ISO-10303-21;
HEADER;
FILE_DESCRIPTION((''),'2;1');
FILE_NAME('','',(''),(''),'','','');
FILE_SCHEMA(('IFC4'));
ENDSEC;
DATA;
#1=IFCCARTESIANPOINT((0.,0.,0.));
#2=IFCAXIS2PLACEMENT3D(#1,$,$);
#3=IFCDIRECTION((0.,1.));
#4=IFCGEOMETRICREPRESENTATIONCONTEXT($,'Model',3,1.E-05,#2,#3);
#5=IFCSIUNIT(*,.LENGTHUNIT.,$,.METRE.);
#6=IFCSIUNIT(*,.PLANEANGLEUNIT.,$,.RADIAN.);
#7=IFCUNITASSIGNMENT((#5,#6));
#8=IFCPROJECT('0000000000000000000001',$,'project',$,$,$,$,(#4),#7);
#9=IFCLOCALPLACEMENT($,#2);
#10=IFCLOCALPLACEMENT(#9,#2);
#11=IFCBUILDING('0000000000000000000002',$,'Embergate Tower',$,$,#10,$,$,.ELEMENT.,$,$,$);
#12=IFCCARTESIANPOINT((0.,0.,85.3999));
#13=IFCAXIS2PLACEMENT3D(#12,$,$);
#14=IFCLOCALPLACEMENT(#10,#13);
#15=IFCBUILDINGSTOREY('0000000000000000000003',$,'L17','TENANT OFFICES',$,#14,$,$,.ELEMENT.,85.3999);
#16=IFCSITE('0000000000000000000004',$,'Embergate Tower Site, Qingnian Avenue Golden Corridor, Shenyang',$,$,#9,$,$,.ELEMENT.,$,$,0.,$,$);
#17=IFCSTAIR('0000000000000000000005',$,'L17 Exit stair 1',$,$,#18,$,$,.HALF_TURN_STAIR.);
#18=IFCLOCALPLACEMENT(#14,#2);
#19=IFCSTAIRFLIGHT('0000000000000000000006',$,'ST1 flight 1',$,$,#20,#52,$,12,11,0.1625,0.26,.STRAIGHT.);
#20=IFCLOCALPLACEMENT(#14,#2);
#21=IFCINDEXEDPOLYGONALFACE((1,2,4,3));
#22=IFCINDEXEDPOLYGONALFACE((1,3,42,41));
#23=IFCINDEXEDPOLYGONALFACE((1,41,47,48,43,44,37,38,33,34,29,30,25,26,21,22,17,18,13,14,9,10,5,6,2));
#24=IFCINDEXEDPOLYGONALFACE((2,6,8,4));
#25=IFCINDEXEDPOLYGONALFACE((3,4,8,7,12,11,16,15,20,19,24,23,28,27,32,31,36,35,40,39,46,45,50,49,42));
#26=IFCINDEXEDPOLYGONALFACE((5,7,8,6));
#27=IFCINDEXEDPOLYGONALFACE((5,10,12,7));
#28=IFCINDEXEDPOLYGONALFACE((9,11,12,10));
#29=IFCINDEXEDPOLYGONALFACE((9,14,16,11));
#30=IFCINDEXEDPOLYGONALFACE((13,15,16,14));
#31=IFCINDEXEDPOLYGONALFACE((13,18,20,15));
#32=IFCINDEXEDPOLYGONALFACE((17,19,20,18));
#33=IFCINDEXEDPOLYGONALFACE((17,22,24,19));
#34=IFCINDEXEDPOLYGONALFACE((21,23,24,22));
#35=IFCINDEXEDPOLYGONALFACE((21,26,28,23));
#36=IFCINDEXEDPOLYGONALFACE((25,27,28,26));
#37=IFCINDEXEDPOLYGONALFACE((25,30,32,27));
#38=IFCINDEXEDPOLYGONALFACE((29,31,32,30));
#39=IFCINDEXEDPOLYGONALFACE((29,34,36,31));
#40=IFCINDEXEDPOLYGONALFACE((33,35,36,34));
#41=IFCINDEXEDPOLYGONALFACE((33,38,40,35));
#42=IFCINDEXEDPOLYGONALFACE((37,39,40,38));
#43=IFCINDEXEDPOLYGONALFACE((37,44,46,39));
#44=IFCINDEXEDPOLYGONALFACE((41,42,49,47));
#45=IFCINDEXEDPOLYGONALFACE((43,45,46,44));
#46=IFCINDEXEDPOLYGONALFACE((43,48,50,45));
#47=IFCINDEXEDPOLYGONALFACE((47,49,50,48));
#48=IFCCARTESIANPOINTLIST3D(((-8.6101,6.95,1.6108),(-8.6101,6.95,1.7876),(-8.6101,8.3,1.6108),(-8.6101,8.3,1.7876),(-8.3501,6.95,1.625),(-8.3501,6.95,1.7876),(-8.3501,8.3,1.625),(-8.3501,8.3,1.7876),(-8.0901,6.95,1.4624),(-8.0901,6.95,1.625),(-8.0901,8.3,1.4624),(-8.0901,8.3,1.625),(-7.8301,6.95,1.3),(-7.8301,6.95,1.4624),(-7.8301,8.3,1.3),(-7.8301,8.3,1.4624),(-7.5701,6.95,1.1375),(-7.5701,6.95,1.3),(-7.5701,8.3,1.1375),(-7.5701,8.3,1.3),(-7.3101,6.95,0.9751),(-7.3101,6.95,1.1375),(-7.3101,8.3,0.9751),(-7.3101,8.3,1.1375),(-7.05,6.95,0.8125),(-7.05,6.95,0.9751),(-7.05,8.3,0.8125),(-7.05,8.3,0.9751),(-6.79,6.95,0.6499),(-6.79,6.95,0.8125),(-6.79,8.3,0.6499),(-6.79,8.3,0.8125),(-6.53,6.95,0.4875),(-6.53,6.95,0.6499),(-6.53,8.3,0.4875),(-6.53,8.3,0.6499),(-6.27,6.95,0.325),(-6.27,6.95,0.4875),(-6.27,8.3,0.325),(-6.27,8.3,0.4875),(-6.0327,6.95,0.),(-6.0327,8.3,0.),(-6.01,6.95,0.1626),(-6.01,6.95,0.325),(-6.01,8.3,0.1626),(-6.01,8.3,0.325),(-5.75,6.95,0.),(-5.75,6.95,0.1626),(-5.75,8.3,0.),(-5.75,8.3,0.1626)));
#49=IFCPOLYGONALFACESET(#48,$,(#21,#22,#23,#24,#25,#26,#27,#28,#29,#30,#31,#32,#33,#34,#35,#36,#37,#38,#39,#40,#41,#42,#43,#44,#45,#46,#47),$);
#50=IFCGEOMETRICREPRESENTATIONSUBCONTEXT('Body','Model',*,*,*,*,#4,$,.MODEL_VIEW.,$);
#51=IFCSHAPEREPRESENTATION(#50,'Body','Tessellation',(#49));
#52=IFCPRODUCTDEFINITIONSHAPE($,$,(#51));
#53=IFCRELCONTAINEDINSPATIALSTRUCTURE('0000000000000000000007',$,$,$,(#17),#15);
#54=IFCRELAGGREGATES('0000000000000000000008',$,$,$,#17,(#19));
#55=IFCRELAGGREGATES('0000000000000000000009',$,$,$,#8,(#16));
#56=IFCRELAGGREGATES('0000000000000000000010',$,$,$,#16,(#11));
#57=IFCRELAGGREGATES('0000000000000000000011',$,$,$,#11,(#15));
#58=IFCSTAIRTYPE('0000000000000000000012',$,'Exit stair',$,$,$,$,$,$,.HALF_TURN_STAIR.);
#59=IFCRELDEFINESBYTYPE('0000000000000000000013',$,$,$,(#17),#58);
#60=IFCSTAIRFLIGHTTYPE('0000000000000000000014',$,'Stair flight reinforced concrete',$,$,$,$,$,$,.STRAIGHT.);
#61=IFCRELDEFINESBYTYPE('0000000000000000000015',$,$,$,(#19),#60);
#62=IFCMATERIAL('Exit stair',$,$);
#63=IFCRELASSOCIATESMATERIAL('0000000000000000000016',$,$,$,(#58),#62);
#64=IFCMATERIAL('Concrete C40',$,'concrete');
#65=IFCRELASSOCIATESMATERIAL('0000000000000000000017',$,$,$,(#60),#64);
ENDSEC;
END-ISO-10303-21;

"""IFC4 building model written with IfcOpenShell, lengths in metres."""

from ifc_helpers import new_model, si_unit, direction, frame, origin, place, context, subcontext, project, spatial, polyline, outline, extrude, source, transform, mapped, material, type_object, element, aggregate, save


model = new_model("IFC4")

# Units and contexts
model_context = context("Model", 3, precision=1e-05, world=origin(), true_north=direction((0.0, 1.0)))
body_context = subcontext(model_context, "Body", "Model", "MODEL_VIEW")
ifc_project = project(units=[si_unit("LENGTHUNIT", "METRE"), si_unit("PLANEANGLEUNIT", "RADIAN")], contexts=[model_context])

# Site, building, storey
site_placement = place(None, origin())
site = spatial("IfcSite", under=ifc_project, at=site_placement, Name="Embergate Tower Site, Qingnian Avenue Golden Corridor, Shenyang", CompositionType="ELEMENT", RefElevation=0.0)
building_placement = place(site_placement, origin())
building = spatial("IfcBuilding", under=site, at=building_placement, Name="Embergate Tower", CompositionType="ELEMENT")
storey_placement = place(building_placement, frame((0.0, 0.0, 85.3999)))
storey = spatial("IfcBuildingStorey", under=building, at=storey_placement, Name="L17", Description="TENANT OFFICES", CompositionType="ELEMENT", Elevation=85.3999)

# Stair, stair flight
ifc_material_1 = material(Name="Exit stair")
stair_type = type_object("IfcStairType", Name="Exit stair", PredefinedType="HALF_TURN_STAIR", material=ifc_material_1)
stair_placement = place(storey_placement, origin())
stair = element("IfcStair", 1, at=stair_placement, inside=storey, type_object=stair_type, Name="L17 Exit stair 1", PredefinedType="HALF_TURN_STAIR")
ifc_material_2 = material(Name="Concrete C40", Category="concrete")
stair_flight_type = type_object("IfcStairFlightType", Name="Stair flight reinforced concrete", PredefinedType="STRAIGHT", material=ifc_material_2)
shared_shape_1 = source(origin(), body_context, "Body", "SweptSolid", [
    extrude(outline(polyline([(0.0, 0.0), (0.0, 0.1626), (0.26, 0.1626), (0.26, 0.325), (0.52, 0.325), (0.52, 0.4875), (0.78, 0.4875), (0.78, 0.6499), (1.04, 0.6499), (1.04, 0.8125), (1.3, 0.8125), (1.3, 0.9751), (1.5601, 0.9751), (1.5601, 1.1375), (1.8201, 1.1375), (1.8201, 1.3), (2.0801, 1.3), (2.0801, 1.4624), (2.3401, 1.4624), (2.3401, 1.625), (2.6001, 1.625), (2.6001, 1.7876), (2.8601, 1.7876), (2.8601, 1.95), (2.8601, 1.6108), (0.2827, 0.0), (0.0, 0.0)])), frame((0.0, 0.675, 0.0), z_axis=(0.0, -1.0, 0.0), x_axis=(1.0, 0.0, 0.0)), (0.0, 0.0, 1.0), 1.3501),
])
stair_flight_placement = place(storey_placement, frame((-5.75, 7.625, 0.0), z_axis=(0.0, 0.0, 1.0), x_axis=(-1.0, 0.0, 0.0)))
stair_flight = element("IfcStairFlight", 2, at=stair_flight_placement, type_object=stair_flight_type, Name="ST1 flight 1", NumberOfRisers=12, NumberOfTreads=11, PredefinedType="STRAIGHT", RiserHeight=0.1625, TreadLength=0.26, context=body_context, shape_type="MappedRepresentation", body=[
    mapped(shared_shape_1, transform((0.0, 0.0, 0.0))),
])
aggregate(stair, [stair_flight])

save(model, "model.ifc")
